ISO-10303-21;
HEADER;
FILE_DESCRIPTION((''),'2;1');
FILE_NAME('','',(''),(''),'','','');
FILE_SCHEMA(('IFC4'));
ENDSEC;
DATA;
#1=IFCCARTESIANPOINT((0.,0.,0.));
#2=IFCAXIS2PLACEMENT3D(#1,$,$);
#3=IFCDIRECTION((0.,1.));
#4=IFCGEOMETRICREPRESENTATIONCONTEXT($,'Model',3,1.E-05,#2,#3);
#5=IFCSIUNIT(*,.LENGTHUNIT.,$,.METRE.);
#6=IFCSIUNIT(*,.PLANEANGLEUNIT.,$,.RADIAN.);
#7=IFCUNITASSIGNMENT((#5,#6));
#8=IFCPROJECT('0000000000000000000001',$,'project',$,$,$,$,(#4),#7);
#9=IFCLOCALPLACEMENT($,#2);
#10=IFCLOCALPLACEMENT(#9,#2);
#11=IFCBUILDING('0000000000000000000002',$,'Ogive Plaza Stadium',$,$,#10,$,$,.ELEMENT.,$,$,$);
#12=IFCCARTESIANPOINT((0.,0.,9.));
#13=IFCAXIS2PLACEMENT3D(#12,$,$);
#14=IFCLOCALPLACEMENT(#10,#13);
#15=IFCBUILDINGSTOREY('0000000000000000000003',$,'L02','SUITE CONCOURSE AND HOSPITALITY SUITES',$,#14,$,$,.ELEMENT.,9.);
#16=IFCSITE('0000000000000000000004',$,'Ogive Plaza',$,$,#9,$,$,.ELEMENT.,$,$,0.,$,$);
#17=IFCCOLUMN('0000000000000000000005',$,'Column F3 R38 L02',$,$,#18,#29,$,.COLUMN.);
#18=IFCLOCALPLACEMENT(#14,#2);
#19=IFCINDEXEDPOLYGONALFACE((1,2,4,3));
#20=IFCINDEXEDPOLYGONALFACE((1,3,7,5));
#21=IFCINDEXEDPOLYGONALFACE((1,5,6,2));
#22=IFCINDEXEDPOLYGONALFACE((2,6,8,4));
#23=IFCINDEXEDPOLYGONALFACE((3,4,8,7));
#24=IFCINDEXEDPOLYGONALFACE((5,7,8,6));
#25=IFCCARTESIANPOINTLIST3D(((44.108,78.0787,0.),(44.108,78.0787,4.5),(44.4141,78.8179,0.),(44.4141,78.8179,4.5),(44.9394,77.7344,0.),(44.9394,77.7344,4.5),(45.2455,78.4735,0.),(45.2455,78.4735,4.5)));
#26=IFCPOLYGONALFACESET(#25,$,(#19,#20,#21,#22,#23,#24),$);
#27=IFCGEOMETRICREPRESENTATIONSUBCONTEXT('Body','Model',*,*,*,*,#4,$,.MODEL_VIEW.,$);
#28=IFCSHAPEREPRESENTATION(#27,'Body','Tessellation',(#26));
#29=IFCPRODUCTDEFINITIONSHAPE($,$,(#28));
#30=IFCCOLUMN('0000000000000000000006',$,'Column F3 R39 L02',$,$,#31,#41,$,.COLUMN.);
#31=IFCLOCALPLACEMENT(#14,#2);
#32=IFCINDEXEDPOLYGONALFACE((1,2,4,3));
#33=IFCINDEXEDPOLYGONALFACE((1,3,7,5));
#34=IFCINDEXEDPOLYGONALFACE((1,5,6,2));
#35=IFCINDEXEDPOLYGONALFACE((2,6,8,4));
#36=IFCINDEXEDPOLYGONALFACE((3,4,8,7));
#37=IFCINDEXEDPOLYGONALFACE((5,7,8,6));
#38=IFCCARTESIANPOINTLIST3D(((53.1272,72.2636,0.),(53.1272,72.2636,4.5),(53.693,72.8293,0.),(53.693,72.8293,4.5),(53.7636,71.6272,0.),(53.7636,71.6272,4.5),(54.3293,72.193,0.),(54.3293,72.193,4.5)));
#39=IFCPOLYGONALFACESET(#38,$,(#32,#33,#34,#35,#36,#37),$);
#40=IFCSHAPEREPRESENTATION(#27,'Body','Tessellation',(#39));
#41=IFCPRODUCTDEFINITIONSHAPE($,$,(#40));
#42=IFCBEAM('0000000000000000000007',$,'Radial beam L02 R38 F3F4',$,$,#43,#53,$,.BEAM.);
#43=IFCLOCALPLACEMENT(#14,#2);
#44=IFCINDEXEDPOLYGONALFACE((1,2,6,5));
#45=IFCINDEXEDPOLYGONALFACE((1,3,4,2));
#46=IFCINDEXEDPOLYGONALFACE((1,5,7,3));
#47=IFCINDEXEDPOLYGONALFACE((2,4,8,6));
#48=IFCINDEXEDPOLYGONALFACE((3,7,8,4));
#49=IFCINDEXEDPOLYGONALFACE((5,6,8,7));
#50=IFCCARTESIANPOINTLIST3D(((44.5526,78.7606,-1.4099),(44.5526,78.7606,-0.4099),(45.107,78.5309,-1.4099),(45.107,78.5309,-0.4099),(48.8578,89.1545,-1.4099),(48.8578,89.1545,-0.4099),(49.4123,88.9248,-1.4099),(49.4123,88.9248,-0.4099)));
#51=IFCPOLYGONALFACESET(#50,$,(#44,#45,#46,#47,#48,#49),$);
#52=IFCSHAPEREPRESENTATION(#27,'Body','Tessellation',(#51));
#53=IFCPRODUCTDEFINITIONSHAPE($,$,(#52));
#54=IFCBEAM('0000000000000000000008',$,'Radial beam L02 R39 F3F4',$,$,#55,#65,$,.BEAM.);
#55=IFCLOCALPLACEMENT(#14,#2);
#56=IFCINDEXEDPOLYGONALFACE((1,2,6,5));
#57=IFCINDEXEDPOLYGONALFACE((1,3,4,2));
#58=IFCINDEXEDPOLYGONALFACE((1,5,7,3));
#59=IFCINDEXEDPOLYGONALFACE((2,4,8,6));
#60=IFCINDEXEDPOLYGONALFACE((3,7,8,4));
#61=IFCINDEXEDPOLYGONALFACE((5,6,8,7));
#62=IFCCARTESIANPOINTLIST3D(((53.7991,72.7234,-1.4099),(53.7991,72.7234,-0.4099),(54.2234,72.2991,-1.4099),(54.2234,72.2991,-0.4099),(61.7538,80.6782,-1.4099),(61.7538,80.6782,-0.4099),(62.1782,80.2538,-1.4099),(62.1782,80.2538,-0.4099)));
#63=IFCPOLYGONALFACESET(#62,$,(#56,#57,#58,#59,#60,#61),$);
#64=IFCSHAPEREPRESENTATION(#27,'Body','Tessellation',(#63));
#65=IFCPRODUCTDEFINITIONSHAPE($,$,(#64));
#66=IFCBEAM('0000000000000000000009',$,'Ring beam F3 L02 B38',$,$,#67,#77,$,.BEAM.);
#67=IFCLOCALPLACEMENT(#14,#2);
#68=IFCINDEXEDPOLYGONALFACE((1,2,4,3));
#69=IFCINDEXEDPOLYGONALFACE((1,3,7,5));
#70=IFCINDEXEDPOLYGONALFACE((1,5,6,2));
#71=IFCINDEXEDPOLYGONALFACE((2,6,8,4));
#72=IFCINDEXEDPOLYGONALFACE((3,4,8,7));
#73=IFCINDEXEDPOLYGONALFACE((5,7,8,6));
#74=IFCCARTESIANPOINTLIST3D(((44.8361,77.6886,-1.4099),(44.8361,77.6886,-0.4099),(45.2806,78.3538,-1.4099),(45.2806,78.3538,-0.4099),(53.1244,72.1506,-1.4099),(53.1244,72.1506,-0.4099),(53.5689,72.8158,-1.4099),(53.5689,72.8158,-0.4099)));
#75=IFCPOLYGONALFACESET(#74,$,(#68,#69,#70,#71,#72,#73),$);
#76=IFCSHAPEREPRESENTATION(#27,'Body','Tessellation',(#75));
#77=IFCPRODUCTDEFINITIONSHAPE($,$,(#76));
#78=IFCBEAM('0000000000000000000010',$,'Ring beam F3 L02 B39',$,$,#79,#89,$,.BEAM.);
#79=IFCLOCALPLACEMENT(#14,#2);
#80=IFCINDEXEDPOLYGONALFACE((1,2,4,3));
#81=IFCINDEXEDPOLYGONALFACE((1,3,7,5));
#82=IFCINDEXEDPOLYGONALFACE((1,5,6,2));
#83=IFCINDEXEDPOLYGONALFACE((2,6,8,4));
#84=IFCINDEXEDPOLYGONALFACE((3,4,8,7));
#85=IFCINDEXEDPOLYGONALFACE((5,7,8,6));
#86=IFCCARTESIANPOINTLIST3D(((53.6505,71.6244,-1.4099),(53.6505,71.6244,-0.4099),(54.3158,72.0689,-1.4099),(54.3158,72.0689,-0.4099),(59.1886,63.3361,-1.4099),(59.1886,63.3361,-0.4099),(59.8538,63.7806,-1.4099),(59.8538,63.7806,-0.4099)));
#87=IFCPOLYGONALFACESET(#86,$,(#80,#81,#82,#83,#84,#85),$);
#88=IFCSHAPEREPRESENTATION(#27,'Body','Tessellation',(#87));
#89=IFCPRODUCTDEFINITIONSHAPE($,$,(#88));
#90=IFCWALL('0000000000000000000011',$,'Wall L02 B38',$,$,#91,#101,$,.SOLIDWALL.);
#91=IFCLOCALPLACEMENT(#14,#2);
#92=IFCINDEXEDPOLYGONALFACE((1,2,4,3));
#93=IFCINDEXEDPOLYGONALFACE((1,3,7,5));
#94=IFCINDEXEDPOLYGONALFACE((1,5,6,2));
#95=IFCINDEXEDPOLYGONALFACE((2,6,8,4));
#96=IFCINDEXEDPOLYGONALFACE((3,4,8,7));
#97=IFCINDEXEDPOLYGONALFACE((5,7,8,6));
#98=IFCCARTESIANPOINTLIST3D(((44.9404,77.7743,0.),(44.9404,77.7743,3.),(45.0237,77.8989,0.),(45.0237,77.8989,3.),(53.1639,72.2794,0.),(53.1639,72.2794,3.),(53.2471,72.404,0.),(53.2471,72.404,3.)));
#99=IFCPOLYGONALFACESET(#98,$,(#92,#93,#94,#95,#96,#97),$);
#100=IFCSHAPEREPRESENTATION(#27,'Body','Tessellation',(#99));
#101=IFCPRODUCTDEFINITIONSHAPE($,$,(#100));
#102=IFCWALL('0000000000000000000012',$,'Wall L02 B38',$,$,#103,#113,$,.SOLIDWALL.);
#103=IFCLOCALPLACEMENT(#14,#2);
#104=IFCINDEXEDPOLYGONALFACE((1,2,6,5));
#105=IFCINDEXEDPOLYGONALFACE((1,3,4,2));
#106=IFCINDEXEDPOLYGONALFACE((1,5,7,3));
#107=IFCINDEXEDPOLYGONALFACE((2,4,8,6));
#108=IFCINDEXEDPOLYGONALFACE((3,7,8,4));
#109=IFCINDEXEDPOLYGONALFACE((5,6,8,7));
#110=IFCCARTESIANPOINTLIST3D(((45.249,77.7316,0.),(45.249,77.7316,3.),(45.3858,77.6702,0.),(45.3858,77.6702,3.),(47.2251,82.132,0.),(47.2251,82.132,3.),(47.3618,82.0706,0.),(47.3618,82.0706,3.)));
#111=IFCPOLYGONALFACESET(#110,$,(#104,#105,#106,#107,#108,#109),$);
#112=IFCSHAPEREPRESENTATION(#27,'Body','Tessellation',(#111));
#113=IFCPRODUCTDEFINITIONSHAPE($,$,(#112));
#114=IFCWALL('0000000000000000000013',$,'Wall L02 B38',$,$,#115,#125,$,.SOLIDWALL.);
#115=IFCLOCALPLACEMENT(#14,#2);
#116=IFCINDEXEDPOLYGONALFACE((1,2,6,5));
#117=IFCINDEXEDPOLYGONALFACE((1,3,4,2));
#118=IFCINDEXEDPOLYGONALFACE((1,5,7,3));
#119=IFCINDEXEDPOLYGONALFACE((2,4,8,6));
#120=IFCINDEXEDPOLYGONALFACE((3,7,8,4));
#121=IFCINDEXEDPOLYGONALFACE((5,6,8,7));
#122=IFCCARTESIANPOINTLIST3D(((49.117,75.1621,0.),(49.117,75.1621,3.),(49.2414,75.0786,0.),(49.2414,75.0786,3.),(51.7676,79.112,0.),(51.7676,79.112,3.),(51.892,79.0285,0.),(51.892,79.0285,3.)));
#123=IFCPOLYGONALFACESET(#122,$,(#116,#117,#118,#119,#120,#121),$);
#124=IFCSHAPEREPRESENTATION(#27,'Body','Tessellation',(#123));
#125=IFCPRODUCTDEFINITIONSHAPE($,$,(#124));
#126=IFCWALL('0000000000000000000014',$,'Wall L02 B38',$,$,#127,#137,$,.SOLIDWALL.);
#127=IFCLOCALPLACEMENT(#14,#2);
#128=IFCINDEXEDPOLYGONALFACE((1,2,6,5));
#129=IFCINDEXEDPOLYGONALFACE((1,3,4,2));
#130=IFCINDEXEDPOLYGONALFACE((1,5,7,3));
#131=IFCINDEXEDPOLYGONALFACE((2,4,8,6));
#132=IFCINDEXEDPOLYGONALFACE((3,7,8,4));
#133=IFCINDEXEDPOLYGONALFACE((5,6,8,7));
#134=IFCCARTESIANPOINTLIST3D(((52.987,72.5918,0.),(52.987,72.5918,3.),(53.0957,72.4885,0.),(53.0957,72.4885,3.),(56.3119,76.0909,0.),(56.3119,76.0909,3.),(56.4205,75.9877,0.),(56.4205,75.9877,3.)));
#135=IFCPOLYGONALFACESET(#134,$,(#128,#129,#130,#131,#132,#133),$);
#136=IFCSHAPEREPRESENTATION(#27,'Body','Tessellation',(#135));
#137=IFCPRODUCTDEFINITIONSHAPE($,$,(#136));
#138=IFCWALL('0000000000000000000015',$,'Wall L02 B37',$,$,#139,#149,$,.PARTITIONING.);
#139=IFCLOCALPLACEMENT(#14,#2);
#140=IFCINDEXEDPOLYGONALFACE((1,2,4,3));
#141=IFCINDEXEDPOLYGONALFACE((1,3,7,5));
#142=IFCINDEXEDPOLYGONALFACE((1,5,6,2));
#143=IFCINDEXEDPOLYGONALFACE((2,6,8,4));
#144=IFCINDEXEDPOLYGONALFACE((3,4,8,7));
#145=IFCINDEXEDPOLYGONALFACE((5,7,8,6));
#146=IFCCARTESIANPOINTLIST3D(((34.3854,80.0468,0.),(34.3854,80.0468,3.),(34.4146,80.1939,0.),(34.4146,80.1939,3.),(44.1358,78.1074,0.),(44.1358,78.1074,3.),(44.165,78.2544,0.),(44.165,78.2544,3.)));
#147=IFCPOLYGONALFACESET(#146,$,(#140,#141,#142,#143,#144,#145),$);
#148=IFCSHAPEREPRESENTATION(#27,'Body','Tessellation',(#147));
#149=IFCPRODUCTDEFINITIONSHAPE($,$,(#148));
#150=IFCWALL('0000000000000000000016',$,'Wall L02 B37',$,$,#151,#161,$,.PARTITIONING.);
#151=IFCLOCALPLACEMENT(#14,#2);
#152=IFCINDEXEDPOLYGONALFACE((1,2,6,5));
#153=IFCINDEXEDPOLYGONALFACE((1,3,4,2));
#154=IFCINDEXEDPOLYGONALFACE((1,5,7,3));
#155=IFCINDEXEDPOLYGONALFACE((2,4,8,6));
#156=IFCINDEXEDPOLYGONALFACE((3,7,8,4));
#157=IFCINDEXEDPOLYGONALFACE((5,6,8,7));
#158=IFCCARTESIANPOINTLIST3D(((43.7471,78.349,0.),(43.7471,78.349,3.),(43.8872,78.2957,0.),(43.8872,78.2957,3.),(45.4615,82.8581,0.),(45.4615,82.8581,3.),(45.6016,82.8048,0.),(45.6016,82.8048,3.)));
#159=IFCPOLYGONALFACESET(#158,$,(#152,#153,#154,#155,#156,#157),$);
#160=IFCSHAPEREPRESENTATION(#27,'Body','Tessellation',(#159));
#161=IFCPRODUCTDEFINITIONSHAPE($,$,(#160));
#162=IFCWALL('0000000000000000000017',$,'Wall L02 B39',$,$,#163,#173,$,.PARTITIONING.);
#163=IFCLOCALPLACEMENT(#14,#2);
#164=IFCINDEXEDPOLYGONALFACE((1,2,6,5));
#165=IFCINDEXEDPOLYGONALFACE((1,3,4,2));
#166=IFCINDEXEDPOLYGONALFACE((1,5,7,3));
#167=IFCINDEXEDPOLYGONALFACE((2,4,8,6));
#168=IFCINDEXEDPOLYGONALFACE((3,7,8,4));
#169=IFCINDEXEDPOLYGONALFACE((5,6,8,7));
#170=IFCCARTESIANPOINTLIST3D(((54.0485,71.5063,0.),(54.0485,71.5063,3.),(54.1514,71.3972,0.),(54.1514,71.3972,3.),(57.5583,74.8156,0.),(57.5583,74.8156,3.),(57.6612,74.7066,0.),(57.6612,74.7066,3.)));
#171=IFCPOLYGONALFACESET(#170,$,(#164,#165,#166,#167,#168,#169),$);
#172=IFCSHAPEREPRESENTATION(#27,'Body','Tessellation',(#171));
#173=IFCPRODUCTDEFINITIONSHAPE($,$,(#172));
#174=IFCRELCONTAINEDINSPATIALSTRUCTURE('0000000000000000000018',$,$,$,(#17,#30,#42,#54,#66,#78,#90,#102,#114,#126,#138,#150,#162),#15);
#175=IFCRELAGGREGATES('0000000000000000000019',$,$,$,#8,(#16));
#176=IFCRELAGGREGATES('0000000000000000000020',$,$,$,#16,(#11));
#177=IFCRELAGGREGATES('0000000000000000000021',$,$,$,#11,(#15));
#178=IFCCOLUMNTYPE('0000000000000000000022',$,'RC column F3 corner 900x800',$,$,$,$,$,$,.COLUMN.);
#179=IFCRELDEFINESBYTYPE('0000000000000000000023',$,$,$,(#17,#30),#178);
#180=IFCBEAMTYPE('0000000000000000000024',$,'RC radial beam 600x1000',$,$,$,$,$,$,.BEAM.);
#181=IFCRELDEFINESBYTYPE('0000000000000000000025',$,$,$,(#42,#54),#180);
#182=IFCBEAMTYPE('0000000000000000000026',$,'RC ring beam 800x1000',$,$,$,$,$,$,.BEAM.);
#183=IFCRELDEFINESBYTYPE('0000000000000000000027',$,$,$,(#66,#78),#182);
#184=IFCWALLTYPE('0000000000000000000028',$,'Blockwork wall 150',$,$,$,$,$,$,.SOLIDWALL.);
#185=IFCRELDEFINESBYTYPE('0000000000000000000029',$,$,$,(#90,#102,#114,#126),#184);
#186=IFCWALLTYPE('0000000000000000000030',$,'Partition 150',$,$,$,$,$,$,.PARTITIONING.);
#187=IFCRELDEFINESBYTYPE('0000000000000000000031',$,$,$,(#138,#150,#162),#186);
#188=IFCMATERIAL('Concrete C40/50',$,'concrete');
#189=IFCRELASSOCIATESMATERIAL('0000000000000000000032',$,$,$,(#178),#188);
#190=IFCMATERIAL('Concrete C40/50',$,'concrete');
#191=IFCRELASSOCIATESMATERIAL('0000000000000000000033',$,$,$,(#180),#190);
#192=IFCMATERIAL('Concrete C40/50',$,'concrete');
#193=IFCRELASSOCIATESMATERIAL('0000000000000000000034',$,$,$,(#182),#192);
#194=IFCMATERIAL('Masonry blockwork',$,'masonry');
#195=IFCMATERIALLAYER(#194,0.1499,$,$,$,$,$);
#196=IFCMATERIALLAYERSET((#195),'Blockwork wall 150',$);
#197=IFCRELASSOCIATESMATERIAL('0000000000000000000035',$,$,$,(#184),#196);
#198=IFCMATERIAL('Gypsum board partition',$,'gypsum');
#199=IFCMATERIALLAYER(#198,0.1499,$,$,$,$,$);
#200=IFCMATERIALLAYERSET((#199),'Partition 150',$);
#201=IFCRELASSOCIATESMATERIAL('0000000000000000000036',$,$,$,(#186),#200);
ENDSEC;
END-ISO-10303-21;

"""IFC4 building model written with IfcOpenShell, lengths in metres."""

from ifc_helpers import new_model, si_unit, direction, frame, frame_2d, origin, origin_2d, place, context, subcontext, project, spatial, rectangle, extrude, material, layer, layer_set, material_profile, profile_set, type_object, element, save


model = new_model("IFC4")

# Units and contexts
model_context = context("Model", 3, precision=1e-05, world=origin(), true_north=direction((0.0, 1.0)))
body_context = subcontext(model_context, "Body", "Model", "MODEL_VIEW")
ifc_project = project(units=[si_unit("LENGTHUNIT", "METRE"), si_unit("PLANEANGLEUNIT", "RADIAN")], contexts=[model_context])

# Site, building, storey
site_placement = place(None, origin())
site = spatial("IfcSite", under=ifc_project, at=site_placement, Name="Ogive Plaza", CompositionType="ELEMENT", RefElevation=0.0)
building_placement = place(site_placement, origin())
building = spatial("IfcBuilding", under=site, at=building_placement, Name="Ogive Plaza Stadium", CompositionType="ELEMENT")
storey_placement = place(building_placement, frame((0.0, 0.0, 9.0)))
storey = spatial("IfcBuildingStorey", under=building, at=storey_placement, Name="L02", Description="SUITE CONCOURSE AND HOSPITALITY SUITES", CompositionType="ELEMENT", Elevation=9.0)

# Columns
ifc_material_1 = material(Name="Concrete C40/50", Category="concrete")
ifc_material_profile_1 = material_profile(ifc_material_1, rectangle(XDim=0.8999, YDim=0.8, at=origin_2d()), Name="RC 900x800")
ifc_profile_set_1 = profile_set([ifc_material_profile_1], Name="Concrete C40/50")
column_type = type_object("IfcColumnType", Name="RC column F3 corner 900x800", PredefinedType="COLUMN", material=ifc_profile_set_1)
for number, where, z_axis, x_axis, name in (
    (1, (44.6768, 78.2761, 0.0), (0.0, 0.0, 1.0), (-0.92388, 0.382683, 0.0), "Column F3 R38 L02"),
    (2, (53.7283, 72.2283, 0.0), (0.0, 0.0, 1.0), (-0.707107, 0.707107, 0.0), "Column F3 R39 L02"),
):
    element("IfcColumn", number, at=place(storey_placement, frame(where, z_axis=z_axis, x_axis=x_axis)), inside=storey, type_object=column_type, Name=name, PredefinedType="COLUMN", context=body_context, shape_type="SweptSolid", body=[
        extrude(rectangle(XDim=0.8999, YDim=0.8, at=origin_2d()), origin(), (0.0, 0.0, 1.0), 4.5),
    ])

# Beams
ifc_material_2 = material(Name="Concrete C40/50", Category="concrete")
ifc_material_profile_2 = material_profile(ifc_material_2, rectangle(XDim=0.6001, YDim=1.0, at=origin_2d()), Name="RC 600x1000")
ifc_profile_set_2 = profile_set([ifc_material_profile_2], Name="Concrete C40/50")
beam_type_1 = type_object("IfcBeamType", Name="RC radial beam 600x1000", PredefinedType="BEAM", material=ifc_profile_set_2)
beam_1_placement = place(storey_placement, frame((44.8298, 78.6458, -0.9099), z_axis=(0.382678, 0.923882, 0.0), x_axis=(-0.923882, 0.382678, 0.0)))
element("IfcBeam", 3, at=beam_1_placement, inside=storey, type_object=beam_type_1, Name="Radial beam L02 R38 F3F4", PredefinedType="BEAM", context=body_context, shape_type="SweptSolid", body=[
    extrude(rectangle(XDim=0.6001, YDim=1.0, at=origin_2d()), origin(), (0.0, 0.0, 1.0), 11.2502),
])
beam_2_placement = place(storey_placement, frame((54.0112, 72.5112, -0.9099), z_axis=(0.707107, 0.707107, 0.0), x_axis=(-0.707107, 0.707107, 0.0)))
element("IfcBeam", 4, at=beam_2_placement, inside=storey, type_object=beam_type_1, Name="Radial beam L02 R39 F3F4", PredefinedType="BEAM", context=body_context, shape_type="SweptSolid", body=[
    extrude(rectangle(XDim=0.6001, YDim=1.0, at=origin_2d()), origin(), (0.0, 0.0, 1.0), 11.2498),
])
ifc_material_3 = material(Name="Concrete C40/50", Category="concrete")
ifc_material_profile_3 = material_profile(ifc_material_3, rectangle(XDim=0.8, YDim=1.0, at=origin_2d()), Name="RC 800x1000")
ifc_profile_set_3 = profile_set([ifc_material_profile_3], Name="Concrete C40/50")
beam_type_2 = type_object("IfcBeamType", Name="RC ring beam 800x1000", PredefinedType="BEAM", material=ifc_profile_set_3)
for number, where, z_axis, x_axis, name in (
    (5, (45.0583, 78.0212, -0.9099), (0.83147, -0.55557, 0.0), (0.55557, 0.83147, 0.0), "Ring beam F3 L02 B38"),
    (6, (53.9832, 71.8467, -0.9099), (0.55557, -0.83147, 0.0), (0.83147, 0.55557, 0.0), "Ring beam F3 L02 B39"),
):
    element("IfcBeam", number, at=place(storey_placement, frame(where, z_axis=z_axis, x_axis=x_axis)), inside=storey, type_object=beam_type_2, Name=name, PredefinedType="BEAM", context=body_context, shape_type="SweptSolid", body=[
        extrude(rectangle(XDim=0.8, YDim=1.0, at=origin_2d()), origin(), (0.0, 0.0, 1.0), 9.9683),
    ])

# Walls
ifc_material_4 = material(Name="Masonry blockwork", Category="masonry")
ifc_layer_1 = layer(ifc_material_4, 0.1499)
ifc_layer_set_1 = layer_set([ifc_layer_1], Name="Blockwork wall 150")
wall_type_1 = type_object("IfcWallType", Name="Blockwork wall 150", PredefinedType="SOLIDWALL", material=ifc_layer_set_1)
wall_1_placement = place(storey_placement, frame((44.9819, 77.8367, 0.0), z_axis=(0.0, 0.0, 1.0), x_axis=(0.831461, -0.555583, 0.0)))
element("IfcWall", 7, at=wall_1_placement, inside=storey, type_object=wall_type_1, Name="Wall L02 B38", PredefinedType="SOLIDWALL", context=body_context, shape_type="SweptSolid", body=[
    extrude(rectangle(XDim=9.8904, YDim=0.1499, at=frame_2d((4.9453, 0.0))), origin(), (0.0, 0.0, 1.0), 3.0),
])
wall_2_placement = place(storey_placement, frame((45.3174, 77.7009, 0.0), z_axis=(0.0, 0.0, 1.0), x_axis=(0.409657, 0.912239, 0.0)))
element("IfcWall", 8, at=wall_2_placement, inside=storey, type_object=wall_type_1, Name="Wall L02 B38", PredefinedType="SOLIDWALL", context=body_context, shape_type="SweptSolid", body=[
    extrude(rectangle(XDim=4.8237, YDim=0.1499, at=frame_2d((2.4119, 0.0))), origin(), (0.0, 0.0, 1.0), 3.0),
])
wall_3_placement = place(storey_placement, frame((49.1792, 75.1204, 0.0), z_axis=(0.0, 0.0, 1.0), x_axis=(0.55722, 0.830365, 0.0)))
element("IfcWall", 9, at=wall_3_placement, inside=storey, type_object=wall_type_1, Name="Wall L02 B38", PredefinedType="SOLIDWALL", context=body_context, shape_type="SweptSolid", body=[
    extrude(rectangle(XDim=4.7568, YDim=0.1499, at=frame_2d((2.3784, 0.0))), origin(), (0.0, 0.0, 1.0), 3.0),
])
wall_4_placement = place(storey_placement, frame((53.0413, 72.54, 0.0), z_axis=(0.0, 0.0, 1.0), x_axis=(0.68882, 0.724933, 0.0)))
element("IfcWall", 10, at=wall_4_placement, inside=storey, type_object=wall_type_1, Name="Wall L02 B38", PredefinedType="SOLIDWALL", context=body_context, shape_type="SweptSolid", body=[
    extrude(rectangle(XDim=4.8269, YDim=0.1499, at=frame_2d((2.4136, 0.0))), origin(), (0.0, 0.0, 1.0), 3.0),
])
ifc_material_5 = material(Name="Gypsum board partition", Category="gypsum")
ifc_layer_2 = layer(ifc_material_5, 0.1499)
ifc_layer_set_2 = layer_set([ifc_layer_2], Name="Partition 150")
wall_type_2 = type_object("IfcWallType", Name="Partition 150", PredefinedType="PARTITIONING", material=ifc_layer_set_2)
wall_5_placement = place(storey_placement, frame((44.1504, 78.1809, 0.0), z_axis=(0.0, 0.0, 1.0), x_axis=(-0.980786, 0.195086, 0.0)))
element("IfcWall", 11, at=wall_5_placement, inside=storey, type_object=wall_type_2, Name="Wall L02 B37", PredefinedType="PARTITIONING", context=body_context, shape_type="SweptSolid", body=[
    extrude(rectangle(XDim=9.9414, YDim=0.1499, at=frame_2d((4.9707, 0.0))), origin(), (0.0, 0.0, 1.0), 3.0),
])
for number, where, z_axis, x_axis, name in (
    (12, (43.8171, 78.3223, 0.0), (0.0, 0.0, 1.0), (0.355385, 0.93472, 0.0), "Wall L02 B37"),
    (13, (54.0999, 71.4517, 0.0), (0.0, 0.0, 1.0), (0.727577, 0.686026, 0.0), "Wall L02 B39"),
):
    element("IfcWall", number, at=place(storey_placement, frame(where, z_axis=z_axis, x_axis=x_axis)), inside=storey, type_object=wall_type_2, Name=name, PredefinedType="PARTITIONING", context=body_context, shape_type="SweptSolid", body=[
        extrude(rectangle(XDim=4.824, YDim=0.1499, at=frame_2d((2.4121, 0.0))), origin(), (0.0, 0.0, 1.0), 3.0),
    ])

save(model, "model.ifc")
